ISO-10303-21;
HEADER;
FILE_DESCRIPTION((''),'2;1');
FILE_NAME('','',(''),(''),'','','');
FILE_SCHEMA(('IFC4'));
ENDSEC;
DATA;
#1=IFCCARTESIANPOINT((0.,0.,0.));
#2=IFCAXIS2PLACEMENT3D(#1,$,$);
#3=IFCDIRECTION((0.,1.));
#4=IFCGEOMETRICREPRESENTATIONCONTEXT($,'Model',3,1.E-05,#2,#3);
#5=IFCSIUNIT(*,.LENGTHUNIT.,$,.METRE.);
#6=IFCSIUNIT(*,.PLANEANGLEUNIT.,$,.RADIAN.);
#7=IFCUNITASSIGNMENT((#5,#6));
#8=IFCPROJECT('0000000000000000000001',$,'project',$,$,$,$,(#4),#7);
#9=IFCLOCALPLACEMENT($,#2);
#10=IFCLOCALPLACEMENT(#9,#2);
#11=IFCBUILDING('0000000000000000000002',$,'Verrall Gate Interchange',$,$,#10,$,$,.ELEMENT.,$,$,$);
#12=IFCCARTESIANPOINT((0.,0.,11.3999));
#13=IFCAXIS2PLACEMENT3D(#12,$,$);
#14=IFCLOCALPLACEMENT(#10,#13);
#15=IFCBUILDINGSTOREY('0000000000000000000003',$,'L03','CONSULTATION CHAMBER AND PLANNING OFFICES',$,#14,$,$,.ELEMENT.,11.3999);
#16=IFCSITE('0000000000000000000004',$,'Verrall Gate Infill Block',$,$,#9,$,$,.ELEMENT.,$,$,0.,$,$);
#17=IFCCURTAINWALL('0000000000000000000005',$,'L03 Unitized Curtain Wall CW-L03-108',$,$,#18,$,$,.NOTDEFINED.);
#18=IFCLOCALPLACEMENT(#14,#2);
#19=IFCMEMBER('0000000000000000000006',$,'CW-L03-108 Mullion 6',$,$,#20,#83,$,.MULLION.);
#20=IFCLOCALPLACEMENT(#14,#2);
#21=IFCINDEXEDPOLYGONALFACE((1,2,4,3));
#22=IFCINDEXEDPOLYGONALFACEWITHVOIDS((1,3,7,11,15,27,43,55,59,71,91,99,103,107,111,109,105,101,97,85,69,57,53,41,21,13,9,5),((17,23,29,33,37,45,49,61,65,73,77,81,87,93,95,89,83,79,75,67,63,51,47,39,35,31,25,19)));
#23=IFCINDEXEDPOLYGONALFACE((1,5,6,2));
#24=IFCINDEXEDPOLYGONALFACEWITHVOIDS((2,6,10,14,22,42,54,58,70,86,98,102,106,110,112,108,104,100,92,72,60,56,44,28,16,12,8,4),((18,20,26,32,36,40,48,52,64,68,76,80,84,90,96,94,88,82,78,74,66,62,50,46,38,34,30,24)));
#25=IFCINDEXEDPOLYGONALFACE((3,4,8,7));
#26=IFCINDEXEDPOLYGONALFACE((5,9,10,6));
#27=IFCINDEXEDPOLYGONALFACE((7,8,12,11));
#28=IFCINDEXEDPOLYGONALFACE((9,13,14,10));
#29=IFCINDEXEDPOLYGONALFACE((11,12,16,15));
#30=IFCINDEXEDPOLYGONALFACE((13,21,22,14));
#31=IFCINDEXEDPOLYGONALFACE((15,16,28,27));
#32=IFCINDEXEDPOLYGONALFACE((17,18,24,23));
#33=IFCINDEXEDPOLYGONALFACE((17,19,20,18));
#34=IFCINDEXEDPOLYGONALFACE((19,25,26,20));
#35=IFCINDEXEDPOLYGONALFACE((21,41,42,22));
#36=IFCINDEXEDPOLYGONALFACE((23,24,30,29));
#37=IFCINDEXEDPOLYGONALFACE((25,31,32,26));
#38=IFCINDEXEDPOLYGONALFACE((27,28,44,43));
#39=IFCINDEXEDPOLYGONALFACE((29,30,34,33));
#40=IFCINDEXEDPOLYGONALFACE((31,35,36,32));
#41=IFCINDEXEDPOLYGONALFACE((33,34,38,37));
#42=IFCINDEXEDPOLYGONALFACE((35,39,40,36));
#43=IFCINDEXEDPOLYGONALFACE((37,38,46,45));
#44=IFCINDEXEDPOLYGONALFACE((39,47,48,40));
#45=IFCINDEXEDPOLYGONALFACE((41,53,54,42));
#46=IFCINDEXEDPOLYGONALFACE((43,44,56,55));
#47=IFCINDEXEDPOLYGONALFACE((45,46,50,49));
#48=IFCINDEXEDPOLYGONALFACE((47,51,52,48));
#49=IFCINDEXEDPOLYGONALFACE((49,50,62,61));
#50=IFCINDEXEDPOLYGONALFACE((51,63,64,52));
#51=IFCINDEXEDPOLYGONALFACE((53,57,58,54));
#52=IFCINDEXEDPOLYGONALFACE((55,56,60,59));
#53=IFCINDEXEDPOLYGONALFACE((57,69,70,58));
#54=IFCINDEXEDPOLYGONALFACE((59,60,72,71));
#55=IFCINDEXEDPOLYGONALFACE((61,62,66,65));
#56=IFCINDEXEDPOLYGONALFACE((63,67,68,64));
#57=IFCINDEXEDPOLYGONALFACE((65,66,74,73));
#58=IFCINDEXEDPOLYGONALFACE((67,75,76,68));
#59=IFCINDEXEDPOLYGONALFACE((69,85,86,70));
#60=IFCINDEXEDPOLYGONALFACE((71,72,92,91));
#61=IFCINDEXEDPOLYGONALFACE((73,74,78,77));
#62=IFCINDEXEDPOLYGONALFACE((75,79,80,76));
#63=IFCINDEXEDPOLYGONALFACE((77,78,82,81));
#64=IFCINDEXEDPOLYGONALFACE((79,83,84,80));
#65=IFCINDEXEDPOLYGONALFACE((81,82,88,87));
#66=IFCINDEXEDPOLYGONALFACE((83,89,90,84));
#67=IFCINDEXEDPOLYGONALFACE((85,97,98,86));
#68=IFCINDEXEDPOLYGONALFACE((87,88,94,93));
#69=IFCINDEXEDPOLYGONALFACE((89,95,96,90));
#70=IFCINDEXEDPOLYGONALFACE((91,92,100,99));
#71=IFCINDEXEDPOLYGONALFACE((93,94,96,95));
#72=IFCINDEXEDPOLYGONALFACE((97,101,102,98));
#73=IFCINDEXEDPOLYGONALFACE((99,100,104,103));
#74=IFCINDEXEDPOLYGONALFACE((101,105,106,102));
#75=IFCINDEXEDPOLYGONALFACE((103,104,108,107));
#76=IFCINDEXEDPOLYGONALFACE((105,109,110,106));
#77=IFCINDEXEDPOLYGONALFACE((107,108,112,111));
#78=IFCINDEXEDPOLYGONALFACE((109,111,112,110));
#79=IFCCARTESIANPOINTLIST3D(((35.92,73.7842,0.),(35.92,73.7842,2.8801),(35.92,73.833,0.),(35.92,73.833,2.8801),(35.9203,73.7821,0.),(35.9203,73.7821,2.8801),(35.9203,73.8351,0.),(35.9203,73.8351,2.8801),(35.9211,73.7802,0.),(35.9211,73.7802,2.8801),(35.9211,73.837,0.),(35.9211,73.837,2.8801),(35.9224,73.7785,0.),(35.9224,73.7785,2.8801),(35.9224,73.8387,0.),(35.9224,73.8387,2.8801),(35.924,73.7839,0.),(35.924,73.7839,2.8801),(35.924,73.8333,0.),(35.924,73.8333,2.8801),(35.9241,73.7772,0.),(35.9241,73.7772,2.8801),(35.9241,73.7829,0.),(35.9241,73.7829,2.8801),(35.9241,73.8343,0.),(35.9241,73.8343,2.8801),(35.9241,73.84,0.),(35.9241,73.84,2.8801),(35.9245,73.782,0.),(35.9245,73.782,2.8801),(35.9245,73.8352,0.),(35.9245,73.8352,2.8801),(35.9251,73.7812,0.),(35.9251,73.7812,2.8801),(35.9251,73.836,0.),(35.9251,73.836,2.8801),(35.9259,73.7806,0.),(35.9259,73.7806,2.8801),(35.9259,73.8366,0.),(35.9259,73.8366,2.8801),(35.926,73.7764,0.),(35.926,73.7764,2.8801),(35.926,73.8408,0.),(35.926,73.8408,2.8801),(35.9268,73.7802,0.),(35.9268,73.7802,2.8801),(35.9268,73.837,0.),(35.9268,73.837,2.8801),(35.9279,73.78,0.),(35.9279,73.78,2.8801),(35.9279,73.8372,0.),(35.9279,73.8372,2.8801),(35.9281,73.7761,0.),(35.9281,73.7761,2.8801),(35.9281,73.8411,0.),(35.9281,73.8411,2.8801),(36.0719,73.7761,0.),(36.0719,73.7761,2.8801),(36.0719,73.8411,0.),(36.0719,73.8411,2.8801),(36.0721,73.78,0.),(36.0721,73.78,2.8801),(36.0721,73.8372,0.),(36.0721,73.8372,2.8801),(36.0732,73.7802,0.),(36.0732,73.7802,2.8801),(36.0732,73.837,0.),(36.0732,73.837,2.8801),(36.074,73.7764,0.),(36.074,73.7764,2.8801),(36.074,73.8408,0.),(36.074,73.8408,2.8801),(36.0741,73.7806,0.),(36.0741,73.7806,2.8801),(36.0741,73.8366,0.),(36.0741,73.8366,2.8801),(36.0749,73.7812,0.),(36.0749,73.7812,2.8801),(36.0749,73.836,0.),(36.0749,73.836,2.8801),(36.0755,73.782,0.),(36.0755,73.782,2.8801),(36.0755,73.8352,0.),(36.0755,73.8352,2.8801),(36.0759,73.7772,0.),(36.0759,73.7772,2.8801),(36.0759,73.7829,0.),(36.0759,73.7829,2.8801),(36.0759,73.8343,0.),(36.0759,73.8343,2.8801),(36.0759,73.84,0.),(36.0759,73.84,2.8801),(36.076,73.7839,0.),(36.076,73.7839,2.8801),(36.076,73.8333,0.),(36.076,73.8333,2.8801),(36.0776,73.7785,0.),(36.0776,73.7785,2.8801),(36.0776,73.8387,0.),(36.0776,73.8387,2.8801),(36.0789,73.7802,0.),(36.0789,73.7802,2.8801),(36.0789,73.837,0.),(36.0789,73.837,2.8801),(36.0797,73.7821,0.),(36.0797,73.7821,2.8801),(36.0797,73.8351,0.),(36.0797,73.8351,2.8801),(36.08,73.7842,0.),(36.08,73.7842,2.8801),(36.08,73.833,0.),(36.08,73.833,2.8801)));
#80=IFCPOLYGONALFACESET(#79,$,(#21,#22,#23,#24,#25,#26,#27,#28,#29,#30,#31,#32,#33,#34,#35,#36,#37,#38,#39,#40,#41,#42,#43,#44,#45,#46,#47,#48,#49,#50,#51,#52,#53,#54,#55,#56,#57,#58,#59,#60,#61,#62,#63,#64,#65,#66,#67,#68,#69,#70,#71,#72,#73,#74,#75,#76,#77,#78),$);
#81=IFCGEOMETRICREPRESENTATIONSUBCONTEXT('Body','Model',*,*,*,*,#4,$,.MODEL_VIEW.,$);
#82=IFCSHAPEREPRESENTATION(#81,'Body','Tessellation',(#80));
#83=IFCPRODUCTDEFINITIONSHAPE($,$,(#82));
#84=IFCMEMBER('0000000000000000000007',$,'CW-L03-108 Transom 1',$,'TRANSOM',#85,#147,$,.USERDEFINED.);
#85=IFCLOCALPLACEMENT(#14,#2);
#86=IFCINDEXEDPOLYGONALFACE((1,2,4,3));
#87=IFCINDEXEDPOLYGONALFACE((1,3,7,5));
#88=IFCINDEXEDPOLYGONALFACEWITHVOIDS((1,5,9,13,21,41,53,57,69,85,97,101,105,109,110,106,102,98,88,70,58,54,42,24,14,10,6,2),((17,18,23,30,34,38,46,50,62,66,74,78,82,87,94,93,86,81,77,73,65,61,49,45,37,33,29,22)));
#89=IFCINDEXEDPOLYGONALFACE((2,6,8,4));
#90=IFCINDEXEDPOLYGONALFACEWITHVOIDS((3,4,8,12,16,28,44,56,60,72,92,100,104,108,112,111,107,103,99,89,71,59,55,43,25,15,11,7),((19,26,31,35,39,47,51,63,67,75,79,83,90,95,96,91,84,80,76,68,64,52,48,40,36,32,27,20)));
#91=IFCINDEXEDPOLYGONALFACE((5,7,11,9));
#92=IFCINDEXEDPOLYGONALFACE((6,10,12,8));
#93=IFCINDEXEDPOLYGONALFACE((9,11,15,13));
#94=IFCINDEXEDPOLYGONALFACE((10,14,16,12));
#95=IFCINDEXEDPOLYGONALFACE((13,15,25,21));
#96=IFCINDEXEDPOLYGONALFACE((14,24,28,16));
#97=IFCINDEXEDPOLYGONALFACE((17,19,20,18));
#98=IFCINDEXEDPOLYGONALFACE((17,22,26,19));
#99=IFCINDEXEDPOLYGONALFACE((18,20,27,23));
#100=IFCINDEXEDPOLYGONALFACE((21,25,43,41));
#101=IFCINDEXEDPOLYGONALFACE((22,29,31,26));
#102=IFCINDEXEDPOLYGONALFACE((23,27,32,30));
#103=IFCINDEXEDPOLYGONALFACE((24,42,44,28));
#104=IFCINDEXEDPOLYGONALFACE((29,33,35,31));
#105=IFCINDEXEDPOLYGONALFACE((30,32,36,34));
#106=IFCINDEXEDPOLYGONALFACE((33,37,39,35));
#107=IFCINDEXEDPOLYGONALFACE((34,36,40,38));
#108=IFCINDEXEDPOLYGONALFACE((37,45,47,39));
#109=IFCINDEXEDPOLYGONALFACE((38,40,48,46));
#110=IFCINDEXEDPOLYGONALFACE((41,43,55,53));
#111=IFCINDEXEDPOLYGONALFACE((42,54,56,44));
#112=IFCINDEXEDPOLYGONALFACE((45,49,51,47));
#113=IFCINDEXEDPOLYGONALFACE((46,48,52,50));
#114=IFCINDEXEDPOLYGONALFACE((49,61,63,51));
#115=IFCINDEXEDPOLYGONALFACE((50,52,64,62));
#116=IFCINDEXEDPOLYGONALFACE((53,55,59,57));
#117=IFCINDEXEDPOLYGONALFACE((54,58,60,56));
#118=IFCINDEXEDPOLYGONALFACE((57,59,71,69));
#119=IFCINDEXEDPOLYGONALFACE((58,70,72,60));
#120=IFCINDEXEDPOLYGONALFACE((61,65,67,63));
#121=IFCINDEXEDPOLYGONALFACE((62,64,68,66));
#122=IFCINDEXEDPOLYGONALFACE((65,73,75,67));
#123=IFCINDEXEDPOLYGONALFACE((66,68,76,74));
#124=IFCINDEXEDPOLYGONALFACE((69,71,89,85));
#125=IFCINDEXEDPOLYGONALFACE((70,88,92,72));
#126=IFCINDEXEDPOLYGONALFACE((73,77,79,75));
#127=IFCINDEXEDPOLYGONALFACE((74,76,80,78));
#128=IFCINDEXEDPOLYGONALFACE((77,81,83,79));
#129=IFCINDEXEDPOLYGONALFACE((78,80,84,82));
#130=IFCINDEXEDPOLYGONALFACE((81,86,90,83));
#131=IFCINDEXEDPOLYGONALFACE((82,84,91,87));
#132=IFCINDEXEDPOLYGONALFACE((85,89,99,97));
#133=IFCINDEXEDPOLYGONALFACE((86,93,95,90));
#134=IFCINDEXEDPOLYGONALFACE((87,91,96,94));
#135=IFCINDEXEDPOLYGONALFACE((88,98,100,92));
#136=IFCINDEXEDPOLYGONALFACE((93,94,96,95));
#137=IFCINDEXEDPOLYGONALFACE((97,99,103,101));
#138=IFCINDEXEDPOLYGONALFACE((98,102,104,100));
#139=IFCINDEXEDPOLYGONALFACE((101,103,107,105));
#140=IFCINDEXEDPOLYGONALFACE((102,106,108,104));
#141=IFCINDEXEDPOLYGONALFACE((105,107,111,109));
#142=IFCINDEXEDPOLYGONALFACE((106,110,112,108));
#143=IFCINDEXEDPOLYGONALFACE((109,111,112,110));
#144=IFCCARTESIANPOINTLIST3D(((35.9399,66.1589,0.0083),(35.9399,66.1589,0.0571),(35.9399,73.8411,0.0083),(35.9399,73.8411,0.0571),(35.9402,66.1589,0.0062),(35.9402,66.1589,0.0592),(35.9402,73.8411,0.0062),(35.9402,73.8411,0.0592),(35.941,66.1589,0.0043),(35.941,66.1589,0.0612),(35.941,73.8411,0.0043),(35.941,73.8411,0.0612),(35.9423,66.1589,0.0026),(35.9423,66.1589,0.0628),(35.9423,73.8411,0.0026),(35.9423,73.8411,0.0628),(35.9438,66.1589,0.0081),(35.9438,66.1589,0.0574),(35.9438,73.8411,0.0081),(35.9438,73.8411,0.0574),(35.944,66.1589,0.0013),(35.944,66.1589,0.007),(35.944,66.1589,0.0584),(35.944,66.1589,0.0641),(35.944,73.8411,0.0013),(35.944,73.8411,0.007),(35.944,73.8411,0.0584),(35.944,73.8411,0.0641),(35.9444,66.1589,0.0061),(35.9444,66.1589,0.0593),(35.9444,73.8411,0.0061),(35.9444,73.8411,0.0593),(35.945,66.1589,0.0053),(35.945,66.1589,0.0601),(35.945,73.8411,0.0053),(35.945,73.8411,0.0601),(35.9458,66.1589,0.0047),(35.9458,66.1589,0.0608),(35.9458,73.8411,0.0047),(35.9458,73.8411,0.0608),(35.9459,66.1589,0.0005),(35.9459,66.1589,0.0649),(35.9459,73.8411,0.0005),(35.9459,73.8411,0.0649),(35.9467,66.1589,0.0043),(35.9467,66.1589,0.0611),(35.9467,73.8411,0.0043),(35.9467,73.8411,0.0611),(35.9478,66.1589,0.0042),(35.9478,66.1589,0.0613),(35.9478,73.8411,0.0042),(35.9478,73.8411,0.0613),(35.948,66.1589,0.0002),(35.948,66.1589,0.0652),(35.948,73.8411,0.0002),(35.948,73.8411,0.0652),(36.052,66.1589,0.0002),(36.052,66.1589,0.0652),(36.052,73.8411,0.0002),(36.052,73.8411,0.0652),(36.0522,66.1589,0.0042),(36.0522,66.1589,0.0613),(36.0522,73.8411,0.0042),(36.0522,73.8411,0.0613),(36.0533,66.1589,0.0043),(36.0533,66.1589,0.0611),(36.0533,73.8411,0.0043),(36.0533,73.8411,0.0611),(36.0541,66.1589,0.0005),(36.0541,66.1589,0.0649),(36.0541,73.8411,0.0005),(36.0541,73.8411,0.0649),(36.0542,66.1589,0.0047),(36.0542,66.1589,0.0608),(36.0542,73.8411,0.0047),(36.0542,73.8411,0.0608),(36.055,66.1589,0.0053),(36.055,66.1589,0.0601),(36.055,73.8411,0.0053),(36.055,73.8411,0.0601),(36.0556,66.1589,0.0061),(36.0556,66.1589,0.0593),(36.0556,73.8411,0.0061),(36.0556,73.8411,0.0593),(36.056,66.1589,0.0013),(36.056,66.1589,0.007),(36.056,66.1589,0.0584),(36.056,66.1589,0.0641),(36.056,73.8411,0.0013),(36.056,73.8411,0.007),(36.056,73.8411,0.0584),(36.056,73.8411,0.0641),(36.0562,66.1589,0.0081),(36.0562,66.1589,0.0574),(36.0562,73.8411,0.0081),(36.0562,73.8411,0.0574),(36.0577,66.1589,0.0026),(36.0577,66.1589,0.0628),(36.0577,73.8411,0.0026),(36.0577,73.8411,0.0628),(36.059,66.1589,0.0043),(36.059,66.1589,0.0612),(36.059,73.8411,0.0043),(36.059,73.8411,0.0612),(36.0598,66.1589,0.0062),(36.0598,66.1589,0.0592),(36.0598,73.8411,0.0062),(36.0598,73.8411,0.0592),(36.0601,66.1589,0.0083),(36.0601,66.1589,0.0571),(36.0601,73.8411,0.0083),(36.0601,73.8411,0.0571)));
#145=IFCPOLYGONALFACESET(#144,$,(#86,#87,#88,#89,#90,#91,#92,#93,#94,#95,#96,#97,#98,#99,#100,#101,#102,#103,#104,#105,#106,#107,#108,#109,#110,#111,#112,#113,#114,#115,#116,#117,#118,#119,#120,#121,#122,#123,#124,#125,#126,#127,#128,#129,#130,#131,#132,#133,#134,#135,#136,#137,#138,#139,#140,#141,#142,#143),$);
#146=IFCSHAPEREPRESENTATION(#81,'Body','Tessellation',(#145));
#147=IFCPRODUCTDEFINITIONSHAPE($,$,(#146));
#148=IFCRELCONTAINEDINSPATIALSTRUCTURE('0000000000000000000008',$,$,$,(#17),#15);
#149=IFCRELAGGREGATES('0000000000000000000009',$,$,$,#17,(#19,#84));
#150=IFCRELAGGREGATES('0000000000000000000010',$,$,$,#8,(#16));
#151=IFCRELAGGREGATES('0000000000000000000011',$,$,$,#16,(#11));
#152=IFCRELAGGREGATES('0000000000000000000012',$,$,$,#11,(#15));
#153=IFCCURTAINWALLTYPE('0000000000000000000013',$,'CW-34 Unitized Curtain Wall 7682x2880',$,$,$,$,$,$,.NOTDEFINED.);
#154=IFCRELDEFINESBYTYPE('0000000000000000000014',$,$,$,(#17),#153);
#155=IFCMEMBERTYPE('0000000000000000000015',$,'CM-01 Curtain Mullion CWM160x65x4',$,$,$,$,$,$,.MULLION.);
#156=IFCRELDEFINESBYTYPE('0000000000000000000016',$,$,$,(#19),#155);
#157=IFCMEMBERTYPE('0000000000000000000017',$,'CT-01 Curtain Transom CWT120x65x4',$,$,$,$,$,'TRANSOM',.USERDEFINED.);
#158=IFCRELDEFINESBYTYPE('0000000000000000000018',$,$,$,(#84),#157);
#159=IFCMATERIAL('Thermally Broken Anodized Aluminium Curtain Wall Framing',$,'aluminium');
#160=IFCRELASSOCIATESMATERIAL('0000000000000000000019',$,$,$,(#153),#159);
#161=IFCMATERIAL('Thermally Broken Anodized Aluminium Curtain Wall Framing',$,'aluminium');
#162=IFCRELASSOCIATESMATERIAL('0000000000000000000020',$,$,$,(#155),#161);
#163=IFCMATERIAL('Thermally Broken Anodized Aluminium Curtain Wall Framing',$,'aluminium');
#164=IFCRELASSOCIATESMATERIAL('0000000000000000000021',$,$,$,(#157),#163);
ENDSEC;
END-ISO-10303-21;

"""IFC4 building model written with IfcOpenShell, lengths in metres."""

from ifc_helpers import new_model, si_unit, direction, frame, origin, origin_2d, place, context, subcontext, project, spatial, hollow_rectangle, extrude, material, material_profile, profile_set, type_object, element, aggregate, save


model = new_model("IFC4")

# Units and contexts
model_context = context("Model", 3, precision=1e-05, world=origin(), true_north=direction((0.0, 1.0)))
body_context = subcontext(model_context, "Body", "Model", "MODEL_VIEW")
ifc_project = project(units=[si_unit("LENGTHUNIT", "METRE"), si_unit("PLANEANGLEUNIT", "RADIAN")], contexts=[model_context])

# Site, building, storey
site_placement = place(None, origin())
site = spatial("IfcSite", under=ifc_project, at=site_placement, Name="Verrall Gate Infill Block", CompositionType="ELEMENT", RefElevation=0.0)
building_placement = place(site_placement, origin())
building = spatial("IfcBuilding", under=site, at=building_placement, Name="Verrall Gate Interchange", CompositionType="ELEMENT")
storey_placement = place(building_placement, frame((0.0, 0.0, 11.3999)))
storey = spatial("IfcBuildingStorey", under=building, at=storey_placement, Name="L03", Description="CONSULTATION CHAMBER AND PLANNING OFFICES", CompositionType="ELEMENT", Elevation=11.3999)

# Curtain wall, members
ifc_material_1 = material(Name="Thermally Broken Anodized Aluminium Curtain Wall Framing", Category="aluminium")
curtain_wall_type = type_object("IfcCurtainWallType", Name="CW-34 Unitized Curtain Wall 7682x2880", PredefinedType="NOTDEFINED", material=ifc_material_1)
curtain_wall_placement = place(storey_placement, origin())
curtain_wall = element("IfcCurtainWall", 1, at=curtain_wall_placement, inside=storey, type_object=curtain_wall_type, Name="L03 Unitized Curtain Wall CW-L03-108", PredefinedType="NOTDEFINED")
ifc_material_2 = material(Name="Thermally Broken Anodized Aluminium Curtain Wall Framing", Category="aluminium")
ifc_material_profile_1 = material_profile(ifc_material_2, hollow_rectangle(XDim=0.0649, YDim=0.1599, WallThickness=0.0039, InnerFilletRadius=0.0039, OuterFilletRadius=0.0081, at=origin_2d()), Name="CWM160x65x4")
ifc_profile_set_1 = profile_set([ifc_material_profile_1], Name="Thermally Broken Anodized Aluminium Curtain Wall Framing")
member_type_1 = type_object("IfcMemberType", Name="CM-01 Curtain Mullion CWM160x65x4", PredefinedType="MULLION", material=ifc_profile_set_1)
member_1_placement = place(storey_placement, frame((36.0, 73.8086, 0.0), z_axis=(0.0, 0.0, 1.0), x_axis=(0.0, 1.0, 0.0)))
member_1 = element("IfcMember", 2, at=member_1_placement, type_object=member_type_1, Name="CW-L03-108 Mullion 6", PredefinedType="MULLION", context=body_context, shape_type="SweptSolid", body=[
    extrude(hollow_rectangle(XDim=0.0649, YDim=0.1599, WallThickness=0.0039, InnerFilletRadius=0.0039, OuterFilletRadius=0.0081, at=origin_2d()), origin(), (0.0, 0.0, 1.0), 2.8801),
])
ifc_material_3 = material(Name="Thermally Broken Anodized Aluminium Curtain Wall Framing", Category="aluminium")
ifc_material_profile_2 = material_profile(ifc_material_3, hollow_rectangle(XDim=0.1201, YDim=0.0649, WallThickness=0.0039, InnerFilletRadius=0.0039, OuterFilletRadius=0.0081, at=origin_2d()), Name="CWT120x65x4")
ifc_profile_set_2 = profile_set([ifc_material_profile_2], Name="Thermally Broken Anodized Aluminium Curtain Wall Framing")
member_type_2 = type_object("IfcMemberType", Name="CT-01 Curtain Transom CWT120x65x4", ElementType="TRANSOM", PredefinedType="USERDEFINED", material=ifc_profile_set_2)
member_2_placement = place(storey_placement, frame((36.0, 66.1589, 0.0327), z_axis=(0.0, 1.0, 0.0), x_axis=(-1.0, 0.0, 0.0)))
member_2 = element("IfcMember", 3, at=member_2_placement, type_object=member_type_2, Name="CW-L03-108 Transom 1", ObjectType="TRANSOM", PredefinedType="USERDEFINED", context=body_context, shape_type="SweptSolid", body=[
    extrude(hollow_rectangle(XDim=0.1201, YDim=0.0649, WallThickness=0.0039, InnerFilletRadius=0.0039, OuterFilletRadius=0.0081, at=origin_2d()), origin(), (0.0, 0.0, 1.0), 7.6821),
])

aggregate(curtain_wall, [member_1, member_2])

save(model, "model.ifc")
